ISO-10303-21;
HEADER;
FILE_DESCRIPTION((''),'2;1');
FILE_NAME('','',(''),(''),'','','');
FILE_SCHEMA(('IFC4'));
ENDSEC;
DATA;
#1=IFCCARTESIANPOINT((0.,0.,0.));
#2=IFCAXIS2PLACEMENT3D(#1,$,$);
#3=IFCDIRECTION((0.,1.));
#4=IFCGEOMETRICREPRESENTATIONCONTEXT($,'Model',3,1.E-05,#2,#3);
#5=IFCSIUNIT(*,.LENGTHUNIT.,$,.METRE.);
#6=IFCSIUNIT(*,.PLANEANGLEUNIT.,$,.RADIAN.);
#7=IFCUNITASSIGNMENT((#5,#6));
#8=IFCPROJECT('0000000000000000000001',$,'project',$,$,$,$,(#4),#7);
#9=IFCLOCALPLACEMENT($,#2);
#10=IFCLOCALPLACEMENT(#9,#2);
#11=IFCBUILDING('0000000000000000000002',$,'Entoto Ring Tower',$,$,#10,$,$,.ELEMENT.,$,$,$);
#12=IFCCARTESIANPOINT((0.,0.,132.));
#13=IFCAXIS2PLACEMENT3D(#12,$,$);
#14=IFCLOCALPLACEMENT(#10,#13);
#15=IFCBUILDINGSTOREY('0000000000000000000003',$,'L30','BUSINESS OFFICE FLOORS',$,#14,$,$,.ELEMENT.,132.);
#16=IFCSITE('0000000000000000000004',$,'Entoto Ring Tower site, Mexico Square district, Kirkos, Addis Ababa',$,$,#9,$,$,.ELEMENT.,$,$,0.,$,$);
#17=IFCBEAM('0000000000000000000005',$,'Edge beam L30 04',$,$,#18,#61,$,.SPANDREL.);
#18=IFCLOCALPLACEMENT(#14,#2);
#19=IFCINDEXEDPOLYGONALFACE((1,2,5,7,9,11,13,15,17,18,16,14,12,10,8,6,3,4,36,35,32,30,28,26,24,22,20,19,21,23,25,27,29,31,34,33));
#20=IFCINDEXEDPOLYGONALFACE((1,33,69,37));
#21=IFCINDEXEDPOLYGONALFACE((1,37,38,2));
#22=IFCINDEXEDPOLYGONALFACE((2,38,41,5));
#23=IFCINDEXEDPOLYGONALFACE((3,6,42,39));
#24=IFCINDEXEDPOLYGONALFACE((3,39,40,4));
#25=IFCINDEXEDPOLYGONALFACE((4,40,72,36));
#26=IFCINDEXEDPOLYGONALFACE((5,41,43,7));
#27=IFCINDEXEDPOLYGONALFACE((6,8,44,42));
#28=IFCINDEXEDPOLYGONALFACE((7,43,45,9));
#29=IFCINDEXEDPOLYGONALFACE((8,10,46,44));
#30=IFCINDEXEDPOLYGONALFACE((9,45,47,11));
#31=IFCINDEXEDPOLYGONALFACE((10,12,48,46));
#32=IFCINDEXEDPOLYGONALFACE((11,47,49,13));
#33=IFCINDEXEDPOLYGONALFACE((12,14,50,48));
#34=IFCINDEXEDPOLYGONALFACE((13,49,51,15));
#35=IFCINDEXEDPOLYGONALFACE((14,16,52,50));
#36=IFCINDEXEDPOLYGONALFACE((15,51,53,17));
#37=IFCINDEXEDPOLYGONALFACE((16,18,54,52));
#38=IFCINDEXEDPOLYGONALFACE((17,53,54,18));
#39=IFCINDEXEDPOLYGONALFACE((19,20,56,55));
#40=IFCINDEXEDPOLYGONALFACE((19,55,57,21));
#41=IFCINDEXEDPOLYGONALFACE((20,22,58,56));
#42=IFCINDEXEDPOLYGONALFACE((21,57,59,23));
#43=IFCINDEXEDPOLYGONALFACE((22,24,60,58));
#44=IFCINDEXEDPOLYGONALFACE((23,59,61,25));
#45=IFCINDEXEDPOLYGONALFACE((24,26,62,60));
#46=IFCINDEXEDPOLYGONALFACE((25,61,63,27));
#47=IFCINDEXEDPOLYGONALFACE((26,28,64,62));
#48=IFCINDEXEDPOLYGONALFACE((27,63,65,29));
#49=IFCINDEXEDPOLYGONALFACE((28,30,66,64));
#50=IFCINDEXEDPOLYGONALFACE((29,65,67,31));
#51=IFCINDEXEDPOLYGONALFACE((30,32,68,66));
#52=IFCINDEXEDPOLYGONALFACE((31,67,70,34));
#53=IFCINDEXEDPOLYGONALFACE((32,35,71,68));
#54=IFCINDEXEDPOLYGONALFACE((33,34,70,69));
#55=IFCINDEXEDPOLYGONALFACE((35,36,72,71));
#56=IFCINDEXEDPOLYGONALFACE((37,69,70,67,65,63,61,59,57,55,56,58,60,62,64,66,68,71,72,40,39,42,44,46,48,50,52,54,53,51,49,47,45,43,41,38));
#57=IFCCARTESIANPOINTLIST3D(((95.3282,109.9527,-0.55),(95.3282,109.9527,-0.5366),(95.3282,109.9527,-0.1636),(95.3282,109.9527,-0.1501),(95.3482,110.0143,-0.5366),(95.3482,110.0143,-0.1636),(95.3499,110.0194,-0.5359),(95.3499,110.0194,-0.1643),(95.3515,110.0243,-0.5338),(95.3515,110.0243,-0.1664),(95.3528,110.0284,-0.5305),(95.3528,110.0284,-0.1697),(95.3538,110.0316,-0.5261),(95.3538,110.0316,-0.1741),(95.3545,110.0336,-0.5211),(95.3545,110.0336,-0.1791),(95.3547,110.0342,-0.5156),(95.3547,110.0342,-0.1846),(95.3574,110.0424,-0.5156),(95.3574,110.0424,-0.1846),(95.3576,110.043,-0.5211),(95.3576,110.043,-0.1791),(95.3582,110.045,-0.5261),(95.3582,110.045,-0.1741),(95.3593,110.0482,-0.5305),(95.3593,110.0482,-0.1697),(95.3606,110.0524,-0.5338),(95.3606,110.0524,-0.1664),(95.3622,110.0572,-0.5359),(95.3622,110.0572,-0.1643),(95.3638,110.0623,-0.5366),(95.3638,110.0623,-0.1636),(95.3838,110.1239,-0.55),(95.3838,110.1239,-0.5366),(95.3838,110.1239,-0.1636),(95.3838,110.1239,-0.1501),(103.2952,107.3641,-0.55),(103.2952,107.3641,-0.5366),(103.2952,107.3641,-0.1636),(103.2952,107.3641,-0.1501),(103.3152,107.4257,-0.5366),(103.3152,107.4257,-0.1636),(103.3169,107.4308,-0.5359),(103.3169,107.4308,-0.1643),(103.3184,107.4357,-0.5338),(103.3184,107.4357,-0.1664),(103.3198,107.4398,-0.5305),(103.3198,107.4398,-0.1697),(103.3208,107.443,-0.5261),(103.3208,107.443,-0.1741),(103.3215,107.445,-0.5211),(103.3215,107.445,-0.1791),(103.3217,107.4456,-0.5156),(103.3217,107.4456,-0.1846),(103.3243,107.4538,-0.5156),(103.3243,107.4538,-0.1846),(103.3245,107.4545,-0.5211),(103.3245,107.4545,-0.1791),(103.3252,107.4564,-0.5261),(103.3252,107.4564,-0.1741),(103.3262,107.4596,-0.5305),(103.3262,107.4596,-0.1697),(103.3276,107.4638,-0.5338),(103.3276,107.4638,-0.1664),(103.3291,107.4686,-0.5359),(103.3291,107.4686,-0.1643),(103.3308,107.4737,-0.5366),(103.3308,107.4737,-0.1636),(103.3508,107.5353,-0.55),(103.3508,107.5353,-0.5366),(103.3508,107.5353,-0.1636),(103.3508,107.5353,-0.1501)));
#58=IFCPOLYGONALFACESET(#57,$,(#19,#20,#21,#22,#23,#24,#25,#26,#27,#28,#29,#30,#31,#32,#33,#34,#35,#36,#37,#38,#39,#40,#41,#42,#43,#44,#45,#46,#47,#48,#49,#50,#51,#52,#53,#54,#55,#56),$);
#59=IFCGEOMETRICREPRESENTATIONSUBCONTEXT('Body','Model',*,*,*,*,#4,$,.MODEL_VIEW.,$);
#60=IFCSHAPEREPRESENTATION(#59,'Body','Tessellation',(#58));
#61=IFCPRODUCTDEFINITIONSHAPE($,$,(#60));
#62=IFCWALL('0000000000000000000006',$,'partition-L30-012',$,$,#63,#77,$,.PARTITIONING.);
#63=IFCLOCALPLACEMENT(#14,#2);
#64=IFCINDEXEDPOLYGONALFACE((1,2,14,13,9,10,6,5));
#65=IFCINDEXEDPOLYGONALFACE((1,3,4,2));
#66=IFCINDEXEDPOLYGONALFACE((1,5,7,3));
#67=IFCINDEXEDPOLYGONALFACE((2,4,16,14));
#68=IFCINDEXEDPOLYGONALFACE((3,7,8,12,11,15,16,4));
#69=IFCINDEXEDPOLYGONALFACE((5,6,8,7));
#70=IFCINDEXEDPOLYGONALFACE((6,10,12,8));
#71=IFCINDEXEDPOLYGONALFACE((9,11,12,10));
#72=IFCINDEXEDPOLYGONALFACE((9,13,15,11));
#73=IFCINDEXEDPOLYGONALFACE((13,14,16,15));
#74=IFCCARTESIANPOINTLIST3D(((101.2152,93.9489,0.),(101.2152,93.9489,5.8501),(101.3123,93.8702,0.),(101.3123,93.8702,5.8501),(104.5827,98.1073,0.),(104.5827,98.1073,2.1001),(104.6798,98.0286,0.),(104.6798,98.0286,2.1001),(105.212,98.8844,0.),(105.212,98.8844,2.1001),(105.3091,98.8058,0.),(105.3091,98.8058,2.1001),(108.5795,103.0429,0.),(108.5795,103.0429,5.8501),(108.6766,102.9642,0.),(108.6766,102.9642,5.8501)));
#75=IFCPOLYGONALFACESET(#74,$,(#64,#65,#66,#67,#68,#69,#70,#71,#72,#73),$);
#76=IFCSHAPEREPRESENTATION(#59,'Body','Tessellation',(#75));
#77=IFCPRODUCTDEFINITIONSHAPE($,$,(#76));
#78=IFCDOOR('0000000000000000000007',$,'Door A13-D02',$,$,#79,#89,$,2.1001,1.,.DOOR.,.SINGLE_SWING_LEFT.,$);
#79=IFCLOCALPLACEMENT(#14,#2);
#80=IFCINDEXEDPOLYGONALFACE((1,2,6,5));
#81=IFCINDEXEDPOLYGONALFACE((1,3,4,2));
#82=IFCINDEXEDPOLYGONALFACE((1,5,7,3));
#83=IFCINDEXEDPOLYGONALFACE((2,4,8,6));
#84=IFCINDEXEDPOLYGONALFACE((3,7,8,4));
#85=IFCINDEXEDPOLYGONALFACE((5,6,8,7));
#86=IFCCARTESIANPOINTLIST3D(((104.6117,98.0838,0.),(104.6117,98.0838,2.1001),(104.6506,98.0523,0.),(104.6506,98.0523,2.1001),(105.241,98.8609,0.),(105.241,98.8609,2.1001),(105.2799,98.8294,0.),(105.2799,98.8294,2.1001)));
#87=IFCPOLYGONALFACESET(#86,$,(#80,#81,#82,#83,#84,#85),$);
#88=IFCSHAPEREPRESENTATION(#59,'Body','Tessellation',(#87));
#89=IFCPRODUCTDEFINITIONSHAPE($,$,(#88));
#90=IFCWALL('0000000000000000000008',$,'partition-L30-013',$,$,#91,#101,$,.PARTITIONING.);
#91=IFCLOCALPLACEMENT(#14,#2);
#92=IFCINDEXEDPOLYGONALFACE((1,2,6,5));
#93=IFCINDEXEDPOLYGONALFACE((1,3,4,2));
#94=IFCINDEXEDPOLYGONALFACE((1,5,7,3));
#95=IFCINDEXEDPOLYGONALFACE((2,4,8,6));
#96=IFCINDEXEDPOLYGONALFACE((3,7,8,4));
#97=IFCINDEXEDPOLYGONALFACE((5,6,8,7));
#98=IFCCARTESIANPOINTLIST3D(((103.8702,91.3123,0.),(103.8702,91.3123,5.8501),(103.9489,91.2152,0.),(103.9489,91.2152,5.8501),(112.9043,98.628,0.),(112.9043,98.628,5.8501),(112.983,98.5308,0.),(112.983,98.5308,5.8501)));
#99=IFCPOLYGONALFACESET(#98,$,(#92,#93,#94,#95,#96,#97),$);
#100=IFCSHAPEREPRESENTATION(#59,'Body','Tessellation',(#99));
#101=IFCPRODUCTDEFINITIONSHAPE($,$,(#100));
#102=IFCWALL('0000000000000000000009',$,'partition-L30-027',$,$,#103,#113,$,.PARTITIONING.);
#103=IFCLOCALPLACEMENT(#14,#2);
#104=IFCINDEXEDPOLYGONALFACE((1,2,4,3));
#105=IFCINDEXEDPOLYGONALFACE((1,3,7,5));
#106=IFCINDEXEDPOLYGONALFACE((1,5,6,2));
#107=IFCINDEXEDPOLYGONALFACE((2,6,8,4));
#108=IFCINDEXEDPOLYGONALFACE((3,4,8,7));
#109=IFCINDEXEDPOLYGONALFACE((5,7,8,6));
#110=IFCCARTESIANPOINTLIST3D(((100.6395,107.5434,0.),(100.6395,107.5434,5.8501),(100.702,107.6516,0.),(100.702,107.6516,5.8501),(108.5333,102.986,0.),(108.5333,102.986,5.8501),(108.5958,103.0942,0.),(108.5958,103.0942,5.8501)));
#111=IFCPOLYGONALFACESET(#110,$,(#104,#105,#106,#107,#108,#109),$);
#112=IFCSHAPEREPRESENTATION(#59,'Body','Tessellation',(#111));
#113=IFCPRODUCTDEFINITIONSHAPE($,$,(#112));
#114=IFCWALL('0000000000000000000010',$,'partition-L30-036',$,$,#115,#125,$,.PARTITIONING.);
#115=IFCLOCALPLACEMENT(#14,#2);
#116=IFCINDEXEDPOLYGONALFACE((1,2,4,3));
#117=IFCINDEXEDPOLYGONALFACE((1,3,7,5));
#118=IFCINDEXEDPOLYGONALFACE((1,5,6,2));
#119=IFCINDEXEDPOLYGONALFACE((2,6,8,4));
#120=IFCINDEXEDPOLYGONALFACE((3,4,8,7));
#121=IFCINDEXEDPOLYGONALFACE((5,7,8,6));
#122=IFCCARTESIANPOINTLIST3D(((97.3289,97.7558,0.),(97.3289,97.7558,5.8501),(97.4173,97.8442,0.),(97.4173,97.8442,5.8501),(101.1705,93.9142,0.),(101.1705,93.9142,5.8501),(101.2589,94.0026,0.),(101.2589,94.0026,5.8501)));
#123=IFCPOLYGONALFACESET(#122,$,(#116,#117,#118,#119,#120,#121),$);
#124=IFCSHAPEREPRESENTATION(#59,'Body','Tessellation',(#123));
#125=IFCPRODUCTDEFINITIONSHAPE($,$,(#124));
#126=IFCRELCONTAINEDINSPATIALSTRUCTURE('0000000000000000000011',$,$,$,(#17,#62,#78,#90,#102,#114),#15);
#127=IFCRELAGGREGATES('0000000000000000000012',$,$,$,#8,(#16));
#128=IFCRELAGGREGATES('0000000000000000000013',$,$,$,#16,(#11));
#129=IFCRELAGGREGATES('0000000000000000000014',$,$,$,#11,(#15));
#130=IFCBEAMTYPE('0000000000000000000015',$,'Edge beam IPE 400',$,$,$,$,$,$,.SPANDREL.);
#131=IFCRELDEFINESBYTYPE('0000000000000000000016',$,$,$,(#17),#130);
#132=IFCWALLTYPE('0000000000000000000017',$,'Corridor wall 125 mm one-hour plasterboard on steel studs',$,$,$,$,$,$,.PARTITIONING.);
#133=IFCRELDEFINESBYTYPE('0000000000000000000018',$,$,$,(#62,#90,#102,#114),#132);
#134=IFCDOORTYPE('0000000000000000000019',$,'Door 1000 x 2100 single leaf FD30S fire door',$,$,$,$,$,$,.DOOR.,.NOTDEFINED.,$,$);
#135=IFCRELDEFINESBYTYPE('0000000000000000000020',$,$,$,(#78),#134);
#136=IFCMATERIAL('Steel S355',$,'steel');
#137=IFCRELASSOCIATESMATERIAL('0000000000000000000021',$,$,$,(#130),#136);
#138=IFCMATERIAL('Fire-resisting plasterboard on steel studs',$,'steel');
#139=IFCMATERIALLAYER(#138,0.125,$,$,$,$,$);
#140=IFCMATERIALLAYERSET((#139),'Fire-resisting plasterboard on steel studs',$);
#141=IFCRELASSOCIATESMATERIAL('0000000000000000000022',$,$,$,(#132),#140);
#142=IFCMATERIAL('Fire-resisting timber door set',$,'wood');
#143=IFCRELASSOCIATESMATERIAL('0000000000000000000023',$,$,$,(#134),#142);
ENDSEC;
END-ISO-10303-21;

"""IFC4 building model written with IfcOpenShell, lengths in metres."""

from ifc_helpers import new_model, si_unit, direction, frame, frame_2d, origin, origin_2d, place, context, subcontext, project, spatial, rectangle, i_section, extrude, material, layer, layer_set, material_profile, profile_set, type_object, element, fill, save


model = new_model("IFC4")

# Units and contexts
model_context = context("Model", 3, precision=1e-05, world=origin(), true_north=direction((0.0, 1.0)))
body_context = subcontext(model_context, "Body", "Model", "MODEL_VIEW")
ifc_project = project(units=[si_unit("LENGTHUNIT", "METRE"), si_unit("PLANEANGLEUNIT", "RADIAN")], contexts=[model_context])

# Site, building, storey
site_placement = place(None, origin())
site = spatial("IfcSite", under=ifc_project, at=site_placement, Name="Entoto Ring Tower site, Mexico Square district, Kirkos, Addis Ababa", CompositionType="ELEMENT", RefElevation=0.0)
building_placement = place(site_placement, origin())
building = spatial("IfcBuilding", under=site, at=building_placement, Name="Entoto Ring Tower", CompositionType="ELEMENT")
storey_placement = place(building_placement, frame((0.0, 0.0, 132.0)))
storey = spatial("IfcBuildingStorey", under=building, at=storey_placement, Name="L30", Description="BUSINESS OFFICE FLOORS", CompositionType="ELEMENT", Elevation=132.0)

# Beam
ifc_material_1 = material(Name="Steel S355", Category="steel")
ifc_material_profile_1 = material_profile(ifc_material_1, i_section(OverallWidth=0.1799, OverallDepth=0.3999, WebThickness=0.0085, FlangeThickness=0.0134, FilletRadius=0.021, at=origin_2d()), Name="IPE 400")
ifc_profile_set_1 = profile_set([ifc_material_profile_1], Name="Steel S355")
beam_type = type_object("IfcBeamType", Name="Edge beam IPE 400", PredefinedType="SPANDREL", material=ifc_profile_set_1)
for number, where, z_axis, x_axis, name in (
    (1, (103.323, 107.4497, -0.3501), (-0.951057, 0.309014, 0.0), (-0.309014, -0.951057, 0.0), "Edge beam L30 04"),
):
    element("IfcBeam", number, at=place(storey_placement, frame(where, z_axis=z_axis, x_axis=x_axis)), inside=storey, type_object=beam_type, Name=name, PredefinedType="SPANDREL", context=body_context, shape_type="SweptSolid", body=[
        extrude(i_section(OverallWidth=0.1799, OverallDepth=0.3999, WebThickness=0.0085, FlangeThickness=0.0134, FilletRadius=0.021, at=origin_2d()), origin(), (0.0, 0.0, 1.0), 8.377),
    ])

# Wall, opening, door
ifc_material_2 = material(Name="Fire-resisting plasterboard on steel studs", Category="steel")
ifc_layer = layer(ifc_material_2, 0.125)
ifc_layer_set = layer_set([ifc_layer], Name="Fire-resisting plasterboard on steel studs")
wall_type = type_object("IfcWallType", Name="Corridor wall 125 mm one-hour plasterboard on steel studs", PredefinedType="PARTITIONING", material=ifc_layer_set)
wall_1_placement = place(storey_placement, frame((101.2637, 93.9094, 0.0), z_axis=(0.0, 0.0, 1.0), x_axis=(0.629325, 0.777142, 0.0)))
wall_1 = element("IfcWall", 2, at=wall_1_placement, inside=storey, type_object=wall_type, Name="partition-L30-012", PredefinedType="PARTITIONING", context=body_context, shape_type="SweptSolid", body=[
    extrude(rectangle(XDim=11.7019, YDim=0.125, at=frame_2d((5.8511, 0.0))), origin(), (0.0, 0.0, 1.0), 5.8501),
])
opening_placement = place(wall_1_placement, frame((5.3511, 0.0, 0.0)))
opening = element("IfcOpeningElement", 3, at=opening_placement, cuts=wall_1, PredefinedType="OPENING", context=body_context, shape_type="SweptSolid", body=[
    extrude(rectangle(XDim=1.0, YDim=2.1001, at=frame_2d((0.5, 1.05))), frame((0.0, 0.0725, 0.0), z_axis=(0.0, -1.0, 0.0), x_axis=(1.0, 0.0, 0.0)), (0.0, 0.0, 1.0), 0.145),
])
ifc_material_3 = material(Name="Fire-resisting timber door set", Category="wood")
door_type = type_object("IfcDoorType", Name="Door 1000 x 2100 single leaf FD30S fire door", OperationType="NOTDEFINED", PredefinedType="DOOR", material=ifc_material_3)
door_placement = place(opening_placement, frame((1.0, 0.0, 0.0), z_axis=(0.0, 0.0, 1.0), x_axis=(-1.0, 0.0, 0.0)))
door = element("IfcDoor", 4, at=door_placement, inside=storey, type_object=door_type, Name="Door A13-D02", OperationType="SINGLE_SWING_LEFT", OverallHeight=2.1001, OverallWidth=1.0, PredefinedType="DOOR", context=body_context, shape_type="SweptSolid", body=[
    extrude(rectangle(XDim=1.0, YDim=2.1001, at=frame_2d((0.5, 1.05))), frame((0.0, 0.0249, 0.0), z_axis=(0.0, -1.0, 0.0), x_axis=(1.0, 0.0, 0.0)), (0.0, 0.0, 1.0), 0.05),
])
fill(opening, door)

# Walls
wall_2_placement = place(storey_placement, frame((103.9094, 91.2637, 0.0), z_axis=(0.0, 0.0, 1.0), x_axis=(0.777149, 0.629317, 0.0)))
element("IfcWall", 5, at=wall_2_placement, inside=storey, type_object=wall_type, Name="partition-L30-013", PredefinedType="PARTITIONING", context=body_context, shape_type="SweptSolid", body=[
    extrude(rectangle(XDim=11.6248, YDim=0.125, at=frame_2d((5.8125, 0.0))), origin(), (0.0, 0.0, 1.0), 5.8501),
])
wall_3_placement = place(storey_placement, frame((108.5647, 103.04, 0.0), z_axis=(0.0, 0.0, 1.0), x_axis=(-0.866031, 0.499991, 0.0)))
element("IfcWall", 6, at=wall_3_placement, inside=storey, type_object=wall_type, Name="partition-L30-027", PredefinedType="PARTITIONING", context=body_context, shape_type="SweptSolid", body=[
    extrude(rectangle(XDim=9.115, YDim=0.125, at=frame_2d((4.5576, 0.0))), origin(), (0.0, 0.0, 1.0), 5.8501),
])
wall_4_placement = place(storey_placement, frame((101.2146, 93.9585, 0.0), z_axis=(0.0, 0.0, 1.0), x_axis=(-0.707107, 0.707107, 0.0)))
element("IfcWall", 7, at=wall_4_placement, inside=storey, type_object=wall_type, Name="partition-L30-036", PredefinedType="PARTITIONING", context=body_context, shape_type="SweptSolid", body=[
    extrude(rectangle(XDim=5.4329, YDim=0.125, at=frame_2d((2.7163, 0.0))), origin(), (0.0, 0.0, 1.0), 5.8501),
])

save(model, "model.ifc")
